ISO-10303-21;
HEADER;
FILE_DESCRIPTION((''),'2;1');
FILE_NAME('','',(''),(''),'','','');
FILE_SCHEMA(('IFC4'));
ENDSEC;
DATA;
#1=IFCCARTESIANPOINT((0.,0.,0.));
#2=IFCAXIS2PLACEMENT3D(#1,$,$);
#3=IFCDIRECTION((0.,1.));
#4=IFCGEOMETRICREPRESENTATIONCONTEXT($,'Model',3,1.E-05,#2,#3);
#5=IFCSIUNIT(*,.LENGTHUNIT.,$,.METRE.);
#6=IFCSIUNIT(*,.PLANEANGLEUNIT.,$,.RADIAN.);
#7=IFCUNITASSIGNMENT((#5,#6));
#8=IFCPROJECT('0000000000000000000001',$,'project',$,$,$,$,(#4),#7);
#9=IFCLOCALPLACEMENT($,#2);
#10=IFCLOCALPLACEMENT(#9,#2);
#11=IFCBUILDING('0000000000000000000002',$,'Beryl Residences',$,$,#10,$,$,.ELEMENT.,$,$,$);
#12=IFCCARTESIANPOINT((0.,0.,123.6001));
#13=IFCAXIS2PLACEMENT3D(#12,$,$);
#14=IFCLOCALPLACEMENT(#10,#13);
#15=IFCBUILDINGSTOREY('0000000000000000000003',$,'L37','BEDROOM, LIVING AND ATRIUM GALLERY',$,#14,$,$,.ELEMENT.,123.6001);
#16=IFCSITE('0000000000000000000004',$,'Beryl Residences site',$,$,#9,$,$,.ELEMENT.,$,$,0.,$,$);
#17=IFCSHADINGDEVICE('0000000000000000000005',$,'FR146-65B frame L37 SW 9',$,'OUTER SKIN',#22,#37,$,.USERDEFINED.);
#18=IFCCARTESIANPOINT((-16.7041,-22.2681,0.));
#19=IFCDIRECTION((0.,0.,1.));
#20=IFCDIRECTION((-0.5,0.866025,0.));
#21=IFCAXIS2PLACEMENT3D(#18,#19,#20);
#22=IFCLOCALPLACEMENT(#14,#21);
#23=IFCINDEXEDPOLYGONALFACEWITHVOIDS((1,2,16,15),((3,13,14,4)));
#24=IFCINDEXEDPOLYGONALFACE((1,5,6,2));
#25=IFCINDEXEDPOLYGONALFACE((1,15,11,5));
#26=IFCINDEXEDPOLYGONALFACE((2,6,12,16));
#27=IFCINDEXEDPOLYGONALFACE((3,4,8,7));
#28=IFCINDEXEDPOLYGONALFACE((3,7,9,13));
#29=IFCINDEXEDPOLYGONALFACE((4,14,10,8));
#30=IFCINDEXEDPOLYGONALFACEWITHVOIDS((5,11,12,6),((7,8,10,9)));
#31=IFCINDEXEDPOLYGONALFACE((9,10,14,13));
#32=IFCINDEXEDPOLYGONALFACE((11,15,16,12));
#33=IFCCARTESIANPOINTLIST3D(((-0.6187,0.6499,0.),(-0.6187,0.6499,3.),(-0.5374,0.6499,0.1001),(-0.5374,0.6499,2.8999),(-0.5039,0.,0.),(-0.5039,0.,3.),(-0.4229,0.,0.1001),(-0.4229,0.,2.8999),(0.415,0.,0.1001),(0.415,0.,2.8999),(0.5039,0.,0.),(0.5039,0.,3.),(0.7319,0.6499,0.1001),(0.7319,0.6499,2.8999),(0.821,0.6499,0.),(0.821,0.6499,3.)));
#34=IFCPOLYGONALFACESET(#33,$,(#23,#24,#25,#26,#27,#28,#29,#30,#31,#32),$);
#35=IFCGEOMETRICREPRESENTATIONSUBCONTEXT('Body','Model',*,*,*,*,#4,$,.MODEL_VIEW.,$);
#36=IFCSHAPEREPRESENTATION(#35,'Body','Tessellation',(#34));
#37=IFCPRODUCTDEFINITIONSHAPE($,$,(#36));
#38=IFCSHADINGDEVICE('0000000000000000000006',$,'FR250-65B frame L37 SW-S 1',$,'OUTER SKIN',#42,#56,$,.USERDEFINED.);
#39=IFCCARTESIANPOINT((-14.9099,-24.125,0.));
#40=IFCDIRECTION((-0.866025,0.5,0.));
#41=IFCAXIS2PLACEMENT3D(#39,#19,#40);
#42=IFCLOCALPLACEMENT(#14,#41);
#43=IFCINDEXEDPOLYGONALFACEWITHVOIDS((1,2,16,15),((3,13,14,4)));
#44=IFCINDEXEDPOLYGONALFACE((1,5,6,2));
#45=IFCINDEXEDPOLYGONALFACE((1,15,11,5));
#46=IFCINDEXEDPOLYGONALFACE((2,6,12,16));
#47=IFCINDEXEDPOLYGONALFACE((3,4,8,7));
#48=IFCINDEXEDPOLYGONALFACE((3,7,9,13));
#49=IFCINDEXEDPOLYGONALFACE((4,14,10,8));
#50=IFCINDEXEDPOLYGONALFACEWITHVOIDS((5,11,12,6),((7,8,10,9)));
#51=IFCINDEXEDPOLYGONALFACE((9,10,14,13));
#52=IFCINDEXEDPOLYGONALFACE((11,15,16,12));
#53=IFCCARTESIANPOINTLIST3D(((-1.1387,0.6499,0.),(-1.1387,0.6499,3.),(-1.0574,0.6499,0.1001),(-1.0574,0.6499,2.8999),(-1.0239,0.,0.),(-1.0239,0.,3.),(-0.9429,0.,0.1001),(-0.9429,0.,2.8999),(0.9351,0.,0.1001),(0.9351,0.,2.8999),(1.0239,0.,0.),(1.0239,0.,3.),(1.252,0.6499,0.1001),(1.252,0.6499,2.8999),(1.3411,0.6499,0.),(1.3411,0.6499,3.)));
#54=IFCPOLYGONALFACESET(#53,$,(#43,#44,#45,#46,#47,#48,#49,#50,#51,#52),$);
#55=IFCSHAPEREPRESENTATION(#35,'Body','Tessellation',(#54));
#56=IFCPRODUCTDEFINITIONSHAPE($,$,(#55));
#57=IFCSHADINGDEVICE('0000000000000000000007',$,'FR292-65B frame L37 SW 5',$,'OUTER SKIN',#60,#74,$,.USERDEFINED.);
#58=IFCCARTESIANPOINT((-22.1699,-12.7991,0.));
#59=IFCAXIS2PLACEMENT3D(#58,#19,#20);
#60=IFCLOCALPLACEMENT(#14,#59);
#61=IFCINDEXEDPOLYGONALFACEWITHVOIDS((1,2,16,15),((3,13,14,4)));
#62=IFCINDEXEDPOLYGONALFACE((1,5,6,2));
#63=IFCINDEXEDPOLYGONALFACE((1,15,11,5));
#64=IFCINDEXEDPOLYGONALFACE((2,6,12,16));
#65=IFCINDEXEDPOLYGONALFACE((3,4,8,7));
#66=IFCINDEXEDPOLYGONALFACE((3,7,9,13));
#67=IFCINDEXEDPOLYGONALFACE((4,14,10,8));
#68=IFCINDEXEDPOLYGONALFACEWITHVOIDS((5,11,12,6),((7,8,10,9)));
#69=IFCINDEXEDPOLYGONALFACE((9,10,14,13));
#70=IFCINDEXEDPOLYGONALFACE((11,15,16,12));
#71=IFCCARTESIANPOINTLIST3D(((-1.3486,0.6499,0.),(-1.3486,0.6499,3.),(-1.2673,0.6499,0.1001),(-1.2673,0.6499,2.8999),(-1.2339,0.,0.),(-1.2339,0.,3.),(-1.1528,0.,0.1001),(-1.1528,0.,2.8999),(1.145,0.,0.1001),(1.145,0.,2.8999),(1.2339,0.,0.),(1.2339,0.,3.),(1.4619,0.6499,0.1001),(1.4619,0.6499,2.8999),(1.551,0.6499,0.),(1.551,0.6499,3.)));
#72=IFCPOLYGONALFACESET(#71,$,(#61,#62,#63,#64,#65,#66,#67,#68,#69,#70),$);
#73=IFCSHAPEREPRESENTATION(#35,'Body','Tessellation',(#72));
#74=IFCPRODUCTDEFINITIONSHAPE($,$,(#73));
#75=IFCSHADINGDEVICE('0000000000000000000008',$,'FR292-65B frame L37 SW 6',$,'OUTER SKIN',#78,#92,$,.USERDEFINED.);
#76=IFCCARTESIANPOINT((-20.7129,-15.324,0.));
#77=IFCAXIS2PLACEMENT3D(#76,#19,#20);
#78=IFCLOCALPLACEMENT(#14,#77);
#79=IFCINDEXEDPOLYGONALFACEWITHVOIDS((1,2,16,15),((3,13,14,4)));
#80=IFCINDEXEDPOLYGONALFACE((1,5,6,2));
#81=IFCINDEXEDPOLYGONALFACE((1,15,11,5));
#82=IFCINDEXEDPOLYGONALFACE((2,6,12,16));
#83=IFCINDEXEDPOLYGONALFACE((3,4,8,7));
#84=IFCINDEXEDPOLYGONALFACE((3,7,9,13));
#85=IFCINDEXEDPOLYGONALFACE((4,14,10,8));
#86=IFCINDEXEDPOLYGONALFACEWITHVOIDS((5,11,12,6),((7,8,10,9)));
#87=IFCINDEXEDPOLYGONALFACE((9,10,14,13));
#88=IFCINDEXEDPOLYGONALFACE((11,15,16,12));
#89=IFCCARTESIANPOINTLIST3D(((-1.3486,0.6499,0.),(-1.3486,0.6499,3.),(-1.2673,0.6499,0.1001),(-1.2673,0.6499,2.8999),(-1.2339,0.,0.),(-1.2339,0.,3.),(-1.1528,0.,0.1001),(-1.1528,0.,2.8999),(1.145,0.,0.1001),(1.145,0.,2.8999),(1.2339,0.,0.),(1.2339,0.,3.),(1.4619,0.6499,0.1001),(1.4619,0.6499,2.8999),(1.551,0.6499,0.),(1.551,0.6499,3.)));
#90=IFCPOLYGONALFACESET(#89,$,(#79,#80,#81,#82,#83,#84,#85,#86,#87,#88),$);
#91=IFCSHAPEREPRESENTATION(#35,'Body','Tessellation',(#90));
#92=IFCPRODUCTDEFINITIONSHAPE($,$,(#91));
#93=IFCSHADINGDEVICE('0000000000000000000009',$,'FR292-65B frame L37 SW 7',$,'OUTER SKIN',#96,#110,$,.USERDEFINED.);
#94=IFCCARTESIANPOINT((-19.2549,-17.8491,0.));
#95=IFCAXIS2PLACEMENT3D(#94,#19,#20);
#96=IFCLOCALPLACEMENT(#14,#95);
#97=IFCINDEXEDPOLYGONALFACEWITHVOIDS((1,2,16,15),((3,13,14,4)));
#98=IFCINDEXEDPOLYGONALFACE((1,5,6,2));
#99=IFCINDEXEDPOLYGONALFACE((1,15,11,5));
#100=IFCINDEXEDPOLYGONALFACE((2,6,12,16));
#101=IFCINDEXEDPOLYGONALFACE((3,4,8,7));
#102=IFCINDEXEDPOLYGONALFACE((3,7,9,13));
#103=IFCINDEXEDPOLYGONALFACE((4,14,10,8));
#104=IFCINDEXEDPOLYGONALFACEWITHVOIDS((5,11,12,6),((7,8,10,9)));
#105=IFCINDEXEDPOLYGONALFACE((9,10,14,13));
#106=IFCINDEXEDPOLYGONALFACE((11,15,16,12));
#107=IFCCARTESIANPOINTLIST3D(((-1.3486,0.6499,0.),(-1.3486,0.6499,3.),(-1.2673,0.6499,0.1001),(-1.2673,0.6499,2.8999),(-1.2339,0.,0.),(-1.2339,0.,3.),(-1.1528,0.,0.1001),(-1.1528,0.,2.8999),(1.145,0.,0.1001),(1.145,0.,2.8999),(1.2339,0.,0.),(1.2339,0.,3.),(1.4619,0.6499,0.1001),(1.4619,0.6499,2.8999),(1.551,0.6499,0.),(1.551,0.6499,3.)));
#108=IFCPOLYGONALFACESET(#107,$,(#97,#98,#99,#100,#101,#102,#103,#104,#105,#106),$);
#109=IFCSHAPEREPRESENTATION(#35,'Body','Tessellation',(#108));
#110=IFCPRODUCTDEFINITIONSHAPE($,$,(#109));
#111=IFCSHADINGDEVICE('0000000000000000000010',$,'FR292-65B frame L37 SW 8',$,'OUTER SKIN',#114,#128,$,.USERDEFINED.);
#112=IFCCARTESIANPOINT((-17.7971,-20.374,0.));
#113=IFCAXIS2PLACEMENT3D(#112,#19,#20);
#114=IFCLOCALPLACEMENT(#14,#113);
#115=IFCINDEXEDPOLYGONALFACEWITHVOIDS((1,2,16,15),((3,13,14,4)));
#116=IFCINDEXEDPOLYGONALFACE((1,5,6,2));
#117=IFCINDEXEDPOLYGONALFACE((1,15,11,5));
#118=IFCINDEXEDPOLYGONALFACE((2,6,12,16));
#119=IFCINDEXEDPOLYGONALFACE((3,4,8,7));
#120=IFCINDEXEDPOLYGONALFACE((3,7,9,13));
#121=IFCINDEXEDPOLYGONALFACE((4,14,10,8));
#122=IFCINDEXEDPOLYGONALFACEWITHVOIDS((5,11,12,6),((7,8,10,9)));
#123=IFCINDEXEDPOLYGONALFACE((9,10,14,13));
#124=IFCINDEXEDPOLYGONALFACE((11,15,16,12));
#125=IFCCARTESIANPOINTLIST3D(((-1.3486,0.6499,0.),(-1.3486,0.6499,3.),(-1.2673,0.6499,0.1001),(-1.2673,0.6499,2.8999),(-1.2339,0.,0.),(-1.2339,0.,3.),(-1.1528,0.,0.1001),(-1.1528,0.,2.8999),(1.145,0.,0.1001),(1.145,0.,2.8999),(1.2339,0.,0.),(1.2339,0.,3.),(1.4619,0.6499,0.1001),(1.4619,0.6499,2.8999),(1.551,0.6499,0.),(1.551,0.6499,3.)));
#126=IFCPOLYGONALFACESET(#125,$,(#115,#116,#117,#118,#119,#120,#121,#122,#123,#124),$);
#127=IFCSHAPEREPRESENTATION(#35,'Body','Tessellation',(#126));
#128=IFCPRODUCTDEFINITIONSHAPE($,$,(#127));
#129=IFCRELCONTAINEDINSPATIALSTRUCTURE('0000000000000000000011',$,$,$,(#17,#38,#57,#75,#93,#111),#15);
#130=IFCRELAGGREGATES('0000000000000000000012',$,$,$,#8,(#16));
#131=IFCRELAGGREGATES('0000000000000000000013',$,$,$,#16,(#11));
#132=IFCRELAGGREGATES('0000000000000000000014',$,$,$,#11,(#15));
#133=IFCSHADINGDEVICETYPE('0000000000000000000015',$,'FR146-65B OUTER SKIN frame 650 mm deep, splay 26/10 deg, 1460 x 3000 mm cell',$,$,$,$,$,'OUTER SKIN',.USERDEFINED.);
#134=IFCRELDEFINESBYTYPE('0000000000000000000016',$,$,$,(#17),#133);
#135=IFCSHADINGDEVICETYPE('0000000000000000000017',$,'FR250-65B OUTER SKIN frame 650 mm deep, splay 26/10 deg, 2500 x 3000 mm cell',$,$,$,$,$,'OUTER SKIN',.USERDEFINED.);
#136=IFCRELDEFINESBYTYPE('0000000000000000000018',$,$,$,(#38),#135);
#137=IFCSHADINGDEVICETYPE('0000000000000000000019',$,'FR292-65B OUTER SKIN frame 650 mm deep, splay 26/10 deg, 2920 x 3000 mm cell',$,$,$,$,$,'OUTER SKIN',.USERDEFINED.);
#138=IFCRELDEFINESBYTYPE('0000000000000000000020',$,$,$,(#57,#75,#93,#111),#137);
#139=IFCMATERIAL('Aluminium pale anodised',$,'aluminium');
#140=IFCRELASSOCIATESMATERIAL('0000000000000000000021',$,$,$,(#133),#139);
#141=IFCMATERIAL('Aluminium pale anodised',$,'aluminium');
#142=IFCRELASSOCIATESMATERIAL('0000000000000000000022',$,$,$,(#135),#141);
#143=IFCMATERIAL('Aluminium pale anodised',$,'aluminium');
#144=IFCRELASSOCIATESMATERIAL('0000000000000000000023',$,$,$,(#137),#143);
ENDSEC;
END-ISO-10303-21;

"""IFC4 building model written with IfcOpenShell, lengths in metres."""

from ifc_helpers import new_model, entity, si_unit, direction, frame, origin, place, context, subcontext, project, spatial, source, transform, mapped, material, type_object, type_shapes, element, save


model = new_model("IFC4")

# Units and contexts
model_context = context("Model", 3, precision=1e-05, world=origin(), true_north=direction((0.0, 1.0)))
body_context = subcontext(model_context, "Body", "Model", "MODEL_VIEW")
ifc_project = project(units=[si_unit("LENGTHUNIT", "METRE"), si_unit("PLANEANGLEUNIT", "RADIAN")], contexts=[model_context])

# Site, building, storey
site_placement = place(None, origin())
site = spatial("IfcSite", under=ifc_project, at=site_placement, Name="Beryl Residences site", CompositionType="ELEMENT", RefElevation=0.0)
building_placement = place(site_placement, origin())
building = spatial("IfcBuilding", under=site, at=building_placement, Name="Beryl Residences", CompositionType="ELEMENT")
storey_placement = place(building_placement, frame((0.0, 0.0, 123.6001)))
storey = spatial("IfcBuildingStorey", under=building, at=storey_placement, Name="L37", Description="BEDROOM, LIVING AND ATRIUM GALLERY", CompositionType="ELEMENT", Elevation=123.6001)

# Shading devices
ifc_material_1 = material(Name="Aluminium pale anodised", Category="aluminium")
shading_device_type_1 = type_object("IfcShadingDeviceType", Name="FR146-65B OUTER SKIN frame 650 mm deep, splay 26/10 deg, 1460 x 3000 mm cell", ElementType="OUTER SKIN", PredefinedType="USERDEFINED", material=ifc_material_1)
cartesian_point_1 = entity("IfcCartesianPoint", [-0.5039, 0.0])
cartesian_point_2 = entity("IfcCartesianPoint", [-0.415, 0.1001])
cartesian_point_3 = entity("IfcCartesianPoint", [-0.821, 0.0])
cartesian_point_4 = entity("IfcCartesianPoint", [-0.7319, 0.1001])
shared_shape_1 = source(origin(), body_context, "Body", "SweptSolid", [
    entity("IfcExtrudedAreaSolidTapered", entity("IfcArbitraryProfileDefWithVoids", "AREA", None, entity("IfcPolyline", [cartesian_point_1, entity("IfcCartesianPoint", [0.5039, 0.0]), entity("IfcCartesianPoint", [0.5039, 3.0]), entity("IfcCartesianPoint", [-0.5039, 3.0]), cartesian_point_1]), [entity("IfcPolyline", [cartesian_point_2, entity("IfcCartesianPoint", [0.4229, 0.1001]), entity("IfcCartesianPoint", [0.4229, 2.8999]), entity("IfcCartesianPoint", [-0.415, 2.8999]), cartesian_point_2])]), entity("IfcAxis2Placement3D", entity("IfcCartesianPoint", [0.0, 0.0, 0.0]), entity("IfcDirection", [0.0, 1.0, 0.0]), entity("IfcDirection", [-1.0, 0.0, 0.0])), entity("IfcDirection", [0.0, 0.0, 1.0]), 0.6499, entity("IfcArbitraryProfileDefWithVoids", "AREA", None, entity("IfcPolyline", [cartesian_point_3, entity("IfcCartesianPoint", [0.6187, 0.0]), entity("IfcCartesianPoint", [0.6187, 3.0]), entity("IfcCartesianPoint", [-0.821, 3.0]), cartesian_point_3]), [entity("IfcPolyline", [cartesian_point_4, entity("IfcCartesianPoint", [0.5374, 0.1001]), entity("IfcCartesianPoint", [0.5374, 2.8999]), entity("IfcCartesianPoint", [-0.7319, 2.8999]), cartesian_point_4])])),
])
type_shapes(shading_device_type_1, [shared_shape_1])
shading_device_1_placement = place(storey_placement, frame((-16.7041, -22.2681, 0.0), z_axis=(0.0, 0.0, 1.0), x_axis=(-0.5, 0.866025, 0.0)))
element("IfcShadingDevice", 1, at=shading_device_1_placement, inside=storey, type_object=shading_device_type_1, Name="FR146-65B frame L37 SW 9", ObjectType="OUTER SKIN", PredefinedType="USERDEFINED", context=body_context, shape_type="MappedRepresentation", body=[
    mapped(shared_shape_1, transform((0.0, 0.0, 0.0))),
])
ifc_material_2 = material(Name="Aluminium pale anodised", Category="aluminium")
shading_device_type_2 = type_object("IfcShadingDeviceType", Name="FR250-65B OUTER SKIN frame 650 mm deep, splay 26/10 deg, 2500 x 3000 mm cell", ElementType="OUTER SKIN", PredefinedType="USERDEFINED", material=ifc_material_2)
cartesian_point_5 = entity("IfcCartesianPoint", [-1.0239, 0.0])
cartesian_point_6 = entity("IfcCartesianPoint", [-0.9351, 0.1001])
cartesian_point_7 = entity("IfcCartesianPoint", [-1.3411, 0.0])
cartesian_point_8 = entity("IfcCartesianPoint", [-1.252, 0.1001])
shared_shape_2 = source(origin(), body_context, "Body", "SweptSolid", [
    entity("IfcExtrudedAreaSolidTapered", entity("IfcArbitraryProfileDefWithVoids", "AREA", None, entity("IfcPolyline", [cartesian_point_5, entity("IfcCartesianPoint", [1.0239, 0.0]), entity("IfcCartesianPoint", [1.0239, 3.0]), entity("IfcCartesianPoint", [-1.0239, 3.0]), cartesian_point_5]), [entity("IfcPolyline", [cartesian_point_6, entity("IfcCartesianPoint", [0.9429, 0.1001]), entity("IfcCartesianPoint", [0.9429, 2.8999]), entity("IfcCartesianPoint", [-0.9351, 2.8999]), cartesian_point_6])]), entity("IfcAxis2Placement3D", entity("IfcCartesianPoint", [0.0, 0.0, 0.0]), entity("IfcDirection", [0.0, 1.0, 0.0]), entity("IfcDirection", [-1.0, 0.0, 0.0])), entity("IfcDirection", [0.0, 0.0, 1.0]), 0.6499, entity("IfcArbitraryProfileDefWithVoids", "AREA", None, entity("IfcPolyline", [cartesian_point_7, entity("IfcCartesianPoint", [1.1387, 0.0]), entity("IfcCartesianPoint", [1.1387, 3.0]), entity("IfcCartesianPoint", [-1.3411, 3.0]), cartesian_point_7]), [entity("IfcPolyline", [cartesian_point_8, entity("IfcCartesianPoint", [1.0574, 0.1001]), entity("IfcCartesianPoint", [1.0574, 2.8999]), entity("IfcCartesianPoint", [-1.252, 2.8999]), cartesian_point_8])])),
])
type_shapes(shading_device_type_2, [shared_shape_2])
shading_device_2_placement = place(storey_placement, frame((-14.9099, -24.125, 0.0), z_axis=(0.0, 0.0, 1.0), x_axis=(-0.866025, 0.5, 0.0)))
element("IfcShadingDevice", 2, at=shading_device_2_placement, inside=storey, type_object=shading_device_type_2, Name="FR250-65B frame L37 SW-S 1", ObjectType="OUTER SKIN", PredefinedType="USERDEFINED", context=body_context, shape_type="MappedRepresentation", body=[
    mapped(shared_shape_2, transform((0.0, 0.0, 0.0))),
])
ifc_material_3 = material(Name="Aluminium pale anodised", Category="aluminium")
shading_device_type_3 = type_object("IfcShadingDeviceType", Name="FR292-65B OUTER SKIN frame 650 mm deep, splay 26/10 deg, 2920 x 3000 mm cell", ElementType="OUTER SKIN", PredefinedType="USERDEFINED", material=ifc_material_3)
cartesian_point_9 = entity("IfcCartesianPoint", [-1.2339, 0.0])
cartesian_point_10 = entity("IfcCartesianPoint", [-1.145, 0.1001])
cartesian_point_11 = entity("IfcCartesianPoint", [-1.551, 0.0])
cartesian_point_12 = entity("IfcCartesianPoint", [-1.4619, 0.1001])
shared_shape_3 = source(origin(), body_context, "Body", "SweptSolid", [
    entity("IfcExtrudedAreaSolidTapered", entity("IfcArbitraryProfileDefWithVoids", "AREA", None, entity("IfcPolyline", [cartesian_point_9, entity("IfcCartesianPoint", [1.2339, 0.0]), entity("IfcCartesianPoint", [1.2339, 3.0]), entity("IfcCartesianPoint", [-1.2339, 3.0]), cartesian_point_9]), [entity("IfcPolyline", [cartesian_point_10, entity("IfcCartesianPoint", [1.1528, 0.1001]), entity("IfcCartesianPoint", [1.1528, 2.8999]), entity("IfcCartesianPoint", [-1.145, 2.8999]), cartesian_point_10])]), entity("IfcAxis2Placement3D", entity("IfcCartesianPoint", [0.0, 0.0, 0.0]), entity("IfcDirection", [0.0, 1.0, 0.0]), entity("IfcDirection", [-1.0, 0.0, 0.0])), entity("IfcDirection", [0.0, 0.0, 1.0]), 0.6499, entity("IfcArbitraryProfileDefWithVoids", "AREA", None, entity("IfcPolyline", [cartesian_point_11, entity("IfcCartesianPoint", [1.3486, 0.0]), entity("IfcCartesianPoint", [1.3486, 3.0]), entity("IfcCartesianPoint", [-1.551, 3.0]), cartesian_point_11]), [entity("IfcPolyline", [cartesian_point_12, entity("IfcCartesianPoint", [1.2673, 0.1001]), entity("IfcCartesianPoint", [1.2673, 2.8999]), entity("IfcCartesianPoint", [-1.4619, 2.8999]), cartesian_point_12])])),
])
type_shapes(shading_device_type_3, [shared_shape_3])
for number, where, z_axis, x_axis, name in (
    (3, (-22.1699, -12.7991, 0.0), (0.0, 0.0, 1.0), (-0.5, 0.866025, 0.0), "FR292-65B frame L37 SW 5"),
    (4, (-20.7129, -15.324, 0.0), (0.0, 0.0, 1.0), (-0.5, 0.866025, 0.0), "FR292-65B frame L37 SW 6"),
    (5, (-19.2549, -17.8491, 0.0), (0.0, 0.0, 1.0), (-0.5, 0.866025, 0.0), "FR292-65B frame L37 SW 7"),
    (6, (-17.7971, -20.374, 0.0), (0.0, 0.0, 1.0), (-0.5, 0.866025, 0.0), "FR292-65B frame L37 SW 8"),
):
    element("IfcShadingDevice", number, at=place(storey_placement, frame(where, z_axis=z_axis, x_axis=x_axis)), inside=storey, type_object=shading_device_type_3, Name=name, ObjectType="OUTER SKIN", PredefinedType="USERDEFINED", context=body_context, shape_type="MappedRepresentation", body=[
        mapped(shared_shape_3, transform((0.0, 0.0, 0.0))),
    ])

save(model, "model.ifc")
